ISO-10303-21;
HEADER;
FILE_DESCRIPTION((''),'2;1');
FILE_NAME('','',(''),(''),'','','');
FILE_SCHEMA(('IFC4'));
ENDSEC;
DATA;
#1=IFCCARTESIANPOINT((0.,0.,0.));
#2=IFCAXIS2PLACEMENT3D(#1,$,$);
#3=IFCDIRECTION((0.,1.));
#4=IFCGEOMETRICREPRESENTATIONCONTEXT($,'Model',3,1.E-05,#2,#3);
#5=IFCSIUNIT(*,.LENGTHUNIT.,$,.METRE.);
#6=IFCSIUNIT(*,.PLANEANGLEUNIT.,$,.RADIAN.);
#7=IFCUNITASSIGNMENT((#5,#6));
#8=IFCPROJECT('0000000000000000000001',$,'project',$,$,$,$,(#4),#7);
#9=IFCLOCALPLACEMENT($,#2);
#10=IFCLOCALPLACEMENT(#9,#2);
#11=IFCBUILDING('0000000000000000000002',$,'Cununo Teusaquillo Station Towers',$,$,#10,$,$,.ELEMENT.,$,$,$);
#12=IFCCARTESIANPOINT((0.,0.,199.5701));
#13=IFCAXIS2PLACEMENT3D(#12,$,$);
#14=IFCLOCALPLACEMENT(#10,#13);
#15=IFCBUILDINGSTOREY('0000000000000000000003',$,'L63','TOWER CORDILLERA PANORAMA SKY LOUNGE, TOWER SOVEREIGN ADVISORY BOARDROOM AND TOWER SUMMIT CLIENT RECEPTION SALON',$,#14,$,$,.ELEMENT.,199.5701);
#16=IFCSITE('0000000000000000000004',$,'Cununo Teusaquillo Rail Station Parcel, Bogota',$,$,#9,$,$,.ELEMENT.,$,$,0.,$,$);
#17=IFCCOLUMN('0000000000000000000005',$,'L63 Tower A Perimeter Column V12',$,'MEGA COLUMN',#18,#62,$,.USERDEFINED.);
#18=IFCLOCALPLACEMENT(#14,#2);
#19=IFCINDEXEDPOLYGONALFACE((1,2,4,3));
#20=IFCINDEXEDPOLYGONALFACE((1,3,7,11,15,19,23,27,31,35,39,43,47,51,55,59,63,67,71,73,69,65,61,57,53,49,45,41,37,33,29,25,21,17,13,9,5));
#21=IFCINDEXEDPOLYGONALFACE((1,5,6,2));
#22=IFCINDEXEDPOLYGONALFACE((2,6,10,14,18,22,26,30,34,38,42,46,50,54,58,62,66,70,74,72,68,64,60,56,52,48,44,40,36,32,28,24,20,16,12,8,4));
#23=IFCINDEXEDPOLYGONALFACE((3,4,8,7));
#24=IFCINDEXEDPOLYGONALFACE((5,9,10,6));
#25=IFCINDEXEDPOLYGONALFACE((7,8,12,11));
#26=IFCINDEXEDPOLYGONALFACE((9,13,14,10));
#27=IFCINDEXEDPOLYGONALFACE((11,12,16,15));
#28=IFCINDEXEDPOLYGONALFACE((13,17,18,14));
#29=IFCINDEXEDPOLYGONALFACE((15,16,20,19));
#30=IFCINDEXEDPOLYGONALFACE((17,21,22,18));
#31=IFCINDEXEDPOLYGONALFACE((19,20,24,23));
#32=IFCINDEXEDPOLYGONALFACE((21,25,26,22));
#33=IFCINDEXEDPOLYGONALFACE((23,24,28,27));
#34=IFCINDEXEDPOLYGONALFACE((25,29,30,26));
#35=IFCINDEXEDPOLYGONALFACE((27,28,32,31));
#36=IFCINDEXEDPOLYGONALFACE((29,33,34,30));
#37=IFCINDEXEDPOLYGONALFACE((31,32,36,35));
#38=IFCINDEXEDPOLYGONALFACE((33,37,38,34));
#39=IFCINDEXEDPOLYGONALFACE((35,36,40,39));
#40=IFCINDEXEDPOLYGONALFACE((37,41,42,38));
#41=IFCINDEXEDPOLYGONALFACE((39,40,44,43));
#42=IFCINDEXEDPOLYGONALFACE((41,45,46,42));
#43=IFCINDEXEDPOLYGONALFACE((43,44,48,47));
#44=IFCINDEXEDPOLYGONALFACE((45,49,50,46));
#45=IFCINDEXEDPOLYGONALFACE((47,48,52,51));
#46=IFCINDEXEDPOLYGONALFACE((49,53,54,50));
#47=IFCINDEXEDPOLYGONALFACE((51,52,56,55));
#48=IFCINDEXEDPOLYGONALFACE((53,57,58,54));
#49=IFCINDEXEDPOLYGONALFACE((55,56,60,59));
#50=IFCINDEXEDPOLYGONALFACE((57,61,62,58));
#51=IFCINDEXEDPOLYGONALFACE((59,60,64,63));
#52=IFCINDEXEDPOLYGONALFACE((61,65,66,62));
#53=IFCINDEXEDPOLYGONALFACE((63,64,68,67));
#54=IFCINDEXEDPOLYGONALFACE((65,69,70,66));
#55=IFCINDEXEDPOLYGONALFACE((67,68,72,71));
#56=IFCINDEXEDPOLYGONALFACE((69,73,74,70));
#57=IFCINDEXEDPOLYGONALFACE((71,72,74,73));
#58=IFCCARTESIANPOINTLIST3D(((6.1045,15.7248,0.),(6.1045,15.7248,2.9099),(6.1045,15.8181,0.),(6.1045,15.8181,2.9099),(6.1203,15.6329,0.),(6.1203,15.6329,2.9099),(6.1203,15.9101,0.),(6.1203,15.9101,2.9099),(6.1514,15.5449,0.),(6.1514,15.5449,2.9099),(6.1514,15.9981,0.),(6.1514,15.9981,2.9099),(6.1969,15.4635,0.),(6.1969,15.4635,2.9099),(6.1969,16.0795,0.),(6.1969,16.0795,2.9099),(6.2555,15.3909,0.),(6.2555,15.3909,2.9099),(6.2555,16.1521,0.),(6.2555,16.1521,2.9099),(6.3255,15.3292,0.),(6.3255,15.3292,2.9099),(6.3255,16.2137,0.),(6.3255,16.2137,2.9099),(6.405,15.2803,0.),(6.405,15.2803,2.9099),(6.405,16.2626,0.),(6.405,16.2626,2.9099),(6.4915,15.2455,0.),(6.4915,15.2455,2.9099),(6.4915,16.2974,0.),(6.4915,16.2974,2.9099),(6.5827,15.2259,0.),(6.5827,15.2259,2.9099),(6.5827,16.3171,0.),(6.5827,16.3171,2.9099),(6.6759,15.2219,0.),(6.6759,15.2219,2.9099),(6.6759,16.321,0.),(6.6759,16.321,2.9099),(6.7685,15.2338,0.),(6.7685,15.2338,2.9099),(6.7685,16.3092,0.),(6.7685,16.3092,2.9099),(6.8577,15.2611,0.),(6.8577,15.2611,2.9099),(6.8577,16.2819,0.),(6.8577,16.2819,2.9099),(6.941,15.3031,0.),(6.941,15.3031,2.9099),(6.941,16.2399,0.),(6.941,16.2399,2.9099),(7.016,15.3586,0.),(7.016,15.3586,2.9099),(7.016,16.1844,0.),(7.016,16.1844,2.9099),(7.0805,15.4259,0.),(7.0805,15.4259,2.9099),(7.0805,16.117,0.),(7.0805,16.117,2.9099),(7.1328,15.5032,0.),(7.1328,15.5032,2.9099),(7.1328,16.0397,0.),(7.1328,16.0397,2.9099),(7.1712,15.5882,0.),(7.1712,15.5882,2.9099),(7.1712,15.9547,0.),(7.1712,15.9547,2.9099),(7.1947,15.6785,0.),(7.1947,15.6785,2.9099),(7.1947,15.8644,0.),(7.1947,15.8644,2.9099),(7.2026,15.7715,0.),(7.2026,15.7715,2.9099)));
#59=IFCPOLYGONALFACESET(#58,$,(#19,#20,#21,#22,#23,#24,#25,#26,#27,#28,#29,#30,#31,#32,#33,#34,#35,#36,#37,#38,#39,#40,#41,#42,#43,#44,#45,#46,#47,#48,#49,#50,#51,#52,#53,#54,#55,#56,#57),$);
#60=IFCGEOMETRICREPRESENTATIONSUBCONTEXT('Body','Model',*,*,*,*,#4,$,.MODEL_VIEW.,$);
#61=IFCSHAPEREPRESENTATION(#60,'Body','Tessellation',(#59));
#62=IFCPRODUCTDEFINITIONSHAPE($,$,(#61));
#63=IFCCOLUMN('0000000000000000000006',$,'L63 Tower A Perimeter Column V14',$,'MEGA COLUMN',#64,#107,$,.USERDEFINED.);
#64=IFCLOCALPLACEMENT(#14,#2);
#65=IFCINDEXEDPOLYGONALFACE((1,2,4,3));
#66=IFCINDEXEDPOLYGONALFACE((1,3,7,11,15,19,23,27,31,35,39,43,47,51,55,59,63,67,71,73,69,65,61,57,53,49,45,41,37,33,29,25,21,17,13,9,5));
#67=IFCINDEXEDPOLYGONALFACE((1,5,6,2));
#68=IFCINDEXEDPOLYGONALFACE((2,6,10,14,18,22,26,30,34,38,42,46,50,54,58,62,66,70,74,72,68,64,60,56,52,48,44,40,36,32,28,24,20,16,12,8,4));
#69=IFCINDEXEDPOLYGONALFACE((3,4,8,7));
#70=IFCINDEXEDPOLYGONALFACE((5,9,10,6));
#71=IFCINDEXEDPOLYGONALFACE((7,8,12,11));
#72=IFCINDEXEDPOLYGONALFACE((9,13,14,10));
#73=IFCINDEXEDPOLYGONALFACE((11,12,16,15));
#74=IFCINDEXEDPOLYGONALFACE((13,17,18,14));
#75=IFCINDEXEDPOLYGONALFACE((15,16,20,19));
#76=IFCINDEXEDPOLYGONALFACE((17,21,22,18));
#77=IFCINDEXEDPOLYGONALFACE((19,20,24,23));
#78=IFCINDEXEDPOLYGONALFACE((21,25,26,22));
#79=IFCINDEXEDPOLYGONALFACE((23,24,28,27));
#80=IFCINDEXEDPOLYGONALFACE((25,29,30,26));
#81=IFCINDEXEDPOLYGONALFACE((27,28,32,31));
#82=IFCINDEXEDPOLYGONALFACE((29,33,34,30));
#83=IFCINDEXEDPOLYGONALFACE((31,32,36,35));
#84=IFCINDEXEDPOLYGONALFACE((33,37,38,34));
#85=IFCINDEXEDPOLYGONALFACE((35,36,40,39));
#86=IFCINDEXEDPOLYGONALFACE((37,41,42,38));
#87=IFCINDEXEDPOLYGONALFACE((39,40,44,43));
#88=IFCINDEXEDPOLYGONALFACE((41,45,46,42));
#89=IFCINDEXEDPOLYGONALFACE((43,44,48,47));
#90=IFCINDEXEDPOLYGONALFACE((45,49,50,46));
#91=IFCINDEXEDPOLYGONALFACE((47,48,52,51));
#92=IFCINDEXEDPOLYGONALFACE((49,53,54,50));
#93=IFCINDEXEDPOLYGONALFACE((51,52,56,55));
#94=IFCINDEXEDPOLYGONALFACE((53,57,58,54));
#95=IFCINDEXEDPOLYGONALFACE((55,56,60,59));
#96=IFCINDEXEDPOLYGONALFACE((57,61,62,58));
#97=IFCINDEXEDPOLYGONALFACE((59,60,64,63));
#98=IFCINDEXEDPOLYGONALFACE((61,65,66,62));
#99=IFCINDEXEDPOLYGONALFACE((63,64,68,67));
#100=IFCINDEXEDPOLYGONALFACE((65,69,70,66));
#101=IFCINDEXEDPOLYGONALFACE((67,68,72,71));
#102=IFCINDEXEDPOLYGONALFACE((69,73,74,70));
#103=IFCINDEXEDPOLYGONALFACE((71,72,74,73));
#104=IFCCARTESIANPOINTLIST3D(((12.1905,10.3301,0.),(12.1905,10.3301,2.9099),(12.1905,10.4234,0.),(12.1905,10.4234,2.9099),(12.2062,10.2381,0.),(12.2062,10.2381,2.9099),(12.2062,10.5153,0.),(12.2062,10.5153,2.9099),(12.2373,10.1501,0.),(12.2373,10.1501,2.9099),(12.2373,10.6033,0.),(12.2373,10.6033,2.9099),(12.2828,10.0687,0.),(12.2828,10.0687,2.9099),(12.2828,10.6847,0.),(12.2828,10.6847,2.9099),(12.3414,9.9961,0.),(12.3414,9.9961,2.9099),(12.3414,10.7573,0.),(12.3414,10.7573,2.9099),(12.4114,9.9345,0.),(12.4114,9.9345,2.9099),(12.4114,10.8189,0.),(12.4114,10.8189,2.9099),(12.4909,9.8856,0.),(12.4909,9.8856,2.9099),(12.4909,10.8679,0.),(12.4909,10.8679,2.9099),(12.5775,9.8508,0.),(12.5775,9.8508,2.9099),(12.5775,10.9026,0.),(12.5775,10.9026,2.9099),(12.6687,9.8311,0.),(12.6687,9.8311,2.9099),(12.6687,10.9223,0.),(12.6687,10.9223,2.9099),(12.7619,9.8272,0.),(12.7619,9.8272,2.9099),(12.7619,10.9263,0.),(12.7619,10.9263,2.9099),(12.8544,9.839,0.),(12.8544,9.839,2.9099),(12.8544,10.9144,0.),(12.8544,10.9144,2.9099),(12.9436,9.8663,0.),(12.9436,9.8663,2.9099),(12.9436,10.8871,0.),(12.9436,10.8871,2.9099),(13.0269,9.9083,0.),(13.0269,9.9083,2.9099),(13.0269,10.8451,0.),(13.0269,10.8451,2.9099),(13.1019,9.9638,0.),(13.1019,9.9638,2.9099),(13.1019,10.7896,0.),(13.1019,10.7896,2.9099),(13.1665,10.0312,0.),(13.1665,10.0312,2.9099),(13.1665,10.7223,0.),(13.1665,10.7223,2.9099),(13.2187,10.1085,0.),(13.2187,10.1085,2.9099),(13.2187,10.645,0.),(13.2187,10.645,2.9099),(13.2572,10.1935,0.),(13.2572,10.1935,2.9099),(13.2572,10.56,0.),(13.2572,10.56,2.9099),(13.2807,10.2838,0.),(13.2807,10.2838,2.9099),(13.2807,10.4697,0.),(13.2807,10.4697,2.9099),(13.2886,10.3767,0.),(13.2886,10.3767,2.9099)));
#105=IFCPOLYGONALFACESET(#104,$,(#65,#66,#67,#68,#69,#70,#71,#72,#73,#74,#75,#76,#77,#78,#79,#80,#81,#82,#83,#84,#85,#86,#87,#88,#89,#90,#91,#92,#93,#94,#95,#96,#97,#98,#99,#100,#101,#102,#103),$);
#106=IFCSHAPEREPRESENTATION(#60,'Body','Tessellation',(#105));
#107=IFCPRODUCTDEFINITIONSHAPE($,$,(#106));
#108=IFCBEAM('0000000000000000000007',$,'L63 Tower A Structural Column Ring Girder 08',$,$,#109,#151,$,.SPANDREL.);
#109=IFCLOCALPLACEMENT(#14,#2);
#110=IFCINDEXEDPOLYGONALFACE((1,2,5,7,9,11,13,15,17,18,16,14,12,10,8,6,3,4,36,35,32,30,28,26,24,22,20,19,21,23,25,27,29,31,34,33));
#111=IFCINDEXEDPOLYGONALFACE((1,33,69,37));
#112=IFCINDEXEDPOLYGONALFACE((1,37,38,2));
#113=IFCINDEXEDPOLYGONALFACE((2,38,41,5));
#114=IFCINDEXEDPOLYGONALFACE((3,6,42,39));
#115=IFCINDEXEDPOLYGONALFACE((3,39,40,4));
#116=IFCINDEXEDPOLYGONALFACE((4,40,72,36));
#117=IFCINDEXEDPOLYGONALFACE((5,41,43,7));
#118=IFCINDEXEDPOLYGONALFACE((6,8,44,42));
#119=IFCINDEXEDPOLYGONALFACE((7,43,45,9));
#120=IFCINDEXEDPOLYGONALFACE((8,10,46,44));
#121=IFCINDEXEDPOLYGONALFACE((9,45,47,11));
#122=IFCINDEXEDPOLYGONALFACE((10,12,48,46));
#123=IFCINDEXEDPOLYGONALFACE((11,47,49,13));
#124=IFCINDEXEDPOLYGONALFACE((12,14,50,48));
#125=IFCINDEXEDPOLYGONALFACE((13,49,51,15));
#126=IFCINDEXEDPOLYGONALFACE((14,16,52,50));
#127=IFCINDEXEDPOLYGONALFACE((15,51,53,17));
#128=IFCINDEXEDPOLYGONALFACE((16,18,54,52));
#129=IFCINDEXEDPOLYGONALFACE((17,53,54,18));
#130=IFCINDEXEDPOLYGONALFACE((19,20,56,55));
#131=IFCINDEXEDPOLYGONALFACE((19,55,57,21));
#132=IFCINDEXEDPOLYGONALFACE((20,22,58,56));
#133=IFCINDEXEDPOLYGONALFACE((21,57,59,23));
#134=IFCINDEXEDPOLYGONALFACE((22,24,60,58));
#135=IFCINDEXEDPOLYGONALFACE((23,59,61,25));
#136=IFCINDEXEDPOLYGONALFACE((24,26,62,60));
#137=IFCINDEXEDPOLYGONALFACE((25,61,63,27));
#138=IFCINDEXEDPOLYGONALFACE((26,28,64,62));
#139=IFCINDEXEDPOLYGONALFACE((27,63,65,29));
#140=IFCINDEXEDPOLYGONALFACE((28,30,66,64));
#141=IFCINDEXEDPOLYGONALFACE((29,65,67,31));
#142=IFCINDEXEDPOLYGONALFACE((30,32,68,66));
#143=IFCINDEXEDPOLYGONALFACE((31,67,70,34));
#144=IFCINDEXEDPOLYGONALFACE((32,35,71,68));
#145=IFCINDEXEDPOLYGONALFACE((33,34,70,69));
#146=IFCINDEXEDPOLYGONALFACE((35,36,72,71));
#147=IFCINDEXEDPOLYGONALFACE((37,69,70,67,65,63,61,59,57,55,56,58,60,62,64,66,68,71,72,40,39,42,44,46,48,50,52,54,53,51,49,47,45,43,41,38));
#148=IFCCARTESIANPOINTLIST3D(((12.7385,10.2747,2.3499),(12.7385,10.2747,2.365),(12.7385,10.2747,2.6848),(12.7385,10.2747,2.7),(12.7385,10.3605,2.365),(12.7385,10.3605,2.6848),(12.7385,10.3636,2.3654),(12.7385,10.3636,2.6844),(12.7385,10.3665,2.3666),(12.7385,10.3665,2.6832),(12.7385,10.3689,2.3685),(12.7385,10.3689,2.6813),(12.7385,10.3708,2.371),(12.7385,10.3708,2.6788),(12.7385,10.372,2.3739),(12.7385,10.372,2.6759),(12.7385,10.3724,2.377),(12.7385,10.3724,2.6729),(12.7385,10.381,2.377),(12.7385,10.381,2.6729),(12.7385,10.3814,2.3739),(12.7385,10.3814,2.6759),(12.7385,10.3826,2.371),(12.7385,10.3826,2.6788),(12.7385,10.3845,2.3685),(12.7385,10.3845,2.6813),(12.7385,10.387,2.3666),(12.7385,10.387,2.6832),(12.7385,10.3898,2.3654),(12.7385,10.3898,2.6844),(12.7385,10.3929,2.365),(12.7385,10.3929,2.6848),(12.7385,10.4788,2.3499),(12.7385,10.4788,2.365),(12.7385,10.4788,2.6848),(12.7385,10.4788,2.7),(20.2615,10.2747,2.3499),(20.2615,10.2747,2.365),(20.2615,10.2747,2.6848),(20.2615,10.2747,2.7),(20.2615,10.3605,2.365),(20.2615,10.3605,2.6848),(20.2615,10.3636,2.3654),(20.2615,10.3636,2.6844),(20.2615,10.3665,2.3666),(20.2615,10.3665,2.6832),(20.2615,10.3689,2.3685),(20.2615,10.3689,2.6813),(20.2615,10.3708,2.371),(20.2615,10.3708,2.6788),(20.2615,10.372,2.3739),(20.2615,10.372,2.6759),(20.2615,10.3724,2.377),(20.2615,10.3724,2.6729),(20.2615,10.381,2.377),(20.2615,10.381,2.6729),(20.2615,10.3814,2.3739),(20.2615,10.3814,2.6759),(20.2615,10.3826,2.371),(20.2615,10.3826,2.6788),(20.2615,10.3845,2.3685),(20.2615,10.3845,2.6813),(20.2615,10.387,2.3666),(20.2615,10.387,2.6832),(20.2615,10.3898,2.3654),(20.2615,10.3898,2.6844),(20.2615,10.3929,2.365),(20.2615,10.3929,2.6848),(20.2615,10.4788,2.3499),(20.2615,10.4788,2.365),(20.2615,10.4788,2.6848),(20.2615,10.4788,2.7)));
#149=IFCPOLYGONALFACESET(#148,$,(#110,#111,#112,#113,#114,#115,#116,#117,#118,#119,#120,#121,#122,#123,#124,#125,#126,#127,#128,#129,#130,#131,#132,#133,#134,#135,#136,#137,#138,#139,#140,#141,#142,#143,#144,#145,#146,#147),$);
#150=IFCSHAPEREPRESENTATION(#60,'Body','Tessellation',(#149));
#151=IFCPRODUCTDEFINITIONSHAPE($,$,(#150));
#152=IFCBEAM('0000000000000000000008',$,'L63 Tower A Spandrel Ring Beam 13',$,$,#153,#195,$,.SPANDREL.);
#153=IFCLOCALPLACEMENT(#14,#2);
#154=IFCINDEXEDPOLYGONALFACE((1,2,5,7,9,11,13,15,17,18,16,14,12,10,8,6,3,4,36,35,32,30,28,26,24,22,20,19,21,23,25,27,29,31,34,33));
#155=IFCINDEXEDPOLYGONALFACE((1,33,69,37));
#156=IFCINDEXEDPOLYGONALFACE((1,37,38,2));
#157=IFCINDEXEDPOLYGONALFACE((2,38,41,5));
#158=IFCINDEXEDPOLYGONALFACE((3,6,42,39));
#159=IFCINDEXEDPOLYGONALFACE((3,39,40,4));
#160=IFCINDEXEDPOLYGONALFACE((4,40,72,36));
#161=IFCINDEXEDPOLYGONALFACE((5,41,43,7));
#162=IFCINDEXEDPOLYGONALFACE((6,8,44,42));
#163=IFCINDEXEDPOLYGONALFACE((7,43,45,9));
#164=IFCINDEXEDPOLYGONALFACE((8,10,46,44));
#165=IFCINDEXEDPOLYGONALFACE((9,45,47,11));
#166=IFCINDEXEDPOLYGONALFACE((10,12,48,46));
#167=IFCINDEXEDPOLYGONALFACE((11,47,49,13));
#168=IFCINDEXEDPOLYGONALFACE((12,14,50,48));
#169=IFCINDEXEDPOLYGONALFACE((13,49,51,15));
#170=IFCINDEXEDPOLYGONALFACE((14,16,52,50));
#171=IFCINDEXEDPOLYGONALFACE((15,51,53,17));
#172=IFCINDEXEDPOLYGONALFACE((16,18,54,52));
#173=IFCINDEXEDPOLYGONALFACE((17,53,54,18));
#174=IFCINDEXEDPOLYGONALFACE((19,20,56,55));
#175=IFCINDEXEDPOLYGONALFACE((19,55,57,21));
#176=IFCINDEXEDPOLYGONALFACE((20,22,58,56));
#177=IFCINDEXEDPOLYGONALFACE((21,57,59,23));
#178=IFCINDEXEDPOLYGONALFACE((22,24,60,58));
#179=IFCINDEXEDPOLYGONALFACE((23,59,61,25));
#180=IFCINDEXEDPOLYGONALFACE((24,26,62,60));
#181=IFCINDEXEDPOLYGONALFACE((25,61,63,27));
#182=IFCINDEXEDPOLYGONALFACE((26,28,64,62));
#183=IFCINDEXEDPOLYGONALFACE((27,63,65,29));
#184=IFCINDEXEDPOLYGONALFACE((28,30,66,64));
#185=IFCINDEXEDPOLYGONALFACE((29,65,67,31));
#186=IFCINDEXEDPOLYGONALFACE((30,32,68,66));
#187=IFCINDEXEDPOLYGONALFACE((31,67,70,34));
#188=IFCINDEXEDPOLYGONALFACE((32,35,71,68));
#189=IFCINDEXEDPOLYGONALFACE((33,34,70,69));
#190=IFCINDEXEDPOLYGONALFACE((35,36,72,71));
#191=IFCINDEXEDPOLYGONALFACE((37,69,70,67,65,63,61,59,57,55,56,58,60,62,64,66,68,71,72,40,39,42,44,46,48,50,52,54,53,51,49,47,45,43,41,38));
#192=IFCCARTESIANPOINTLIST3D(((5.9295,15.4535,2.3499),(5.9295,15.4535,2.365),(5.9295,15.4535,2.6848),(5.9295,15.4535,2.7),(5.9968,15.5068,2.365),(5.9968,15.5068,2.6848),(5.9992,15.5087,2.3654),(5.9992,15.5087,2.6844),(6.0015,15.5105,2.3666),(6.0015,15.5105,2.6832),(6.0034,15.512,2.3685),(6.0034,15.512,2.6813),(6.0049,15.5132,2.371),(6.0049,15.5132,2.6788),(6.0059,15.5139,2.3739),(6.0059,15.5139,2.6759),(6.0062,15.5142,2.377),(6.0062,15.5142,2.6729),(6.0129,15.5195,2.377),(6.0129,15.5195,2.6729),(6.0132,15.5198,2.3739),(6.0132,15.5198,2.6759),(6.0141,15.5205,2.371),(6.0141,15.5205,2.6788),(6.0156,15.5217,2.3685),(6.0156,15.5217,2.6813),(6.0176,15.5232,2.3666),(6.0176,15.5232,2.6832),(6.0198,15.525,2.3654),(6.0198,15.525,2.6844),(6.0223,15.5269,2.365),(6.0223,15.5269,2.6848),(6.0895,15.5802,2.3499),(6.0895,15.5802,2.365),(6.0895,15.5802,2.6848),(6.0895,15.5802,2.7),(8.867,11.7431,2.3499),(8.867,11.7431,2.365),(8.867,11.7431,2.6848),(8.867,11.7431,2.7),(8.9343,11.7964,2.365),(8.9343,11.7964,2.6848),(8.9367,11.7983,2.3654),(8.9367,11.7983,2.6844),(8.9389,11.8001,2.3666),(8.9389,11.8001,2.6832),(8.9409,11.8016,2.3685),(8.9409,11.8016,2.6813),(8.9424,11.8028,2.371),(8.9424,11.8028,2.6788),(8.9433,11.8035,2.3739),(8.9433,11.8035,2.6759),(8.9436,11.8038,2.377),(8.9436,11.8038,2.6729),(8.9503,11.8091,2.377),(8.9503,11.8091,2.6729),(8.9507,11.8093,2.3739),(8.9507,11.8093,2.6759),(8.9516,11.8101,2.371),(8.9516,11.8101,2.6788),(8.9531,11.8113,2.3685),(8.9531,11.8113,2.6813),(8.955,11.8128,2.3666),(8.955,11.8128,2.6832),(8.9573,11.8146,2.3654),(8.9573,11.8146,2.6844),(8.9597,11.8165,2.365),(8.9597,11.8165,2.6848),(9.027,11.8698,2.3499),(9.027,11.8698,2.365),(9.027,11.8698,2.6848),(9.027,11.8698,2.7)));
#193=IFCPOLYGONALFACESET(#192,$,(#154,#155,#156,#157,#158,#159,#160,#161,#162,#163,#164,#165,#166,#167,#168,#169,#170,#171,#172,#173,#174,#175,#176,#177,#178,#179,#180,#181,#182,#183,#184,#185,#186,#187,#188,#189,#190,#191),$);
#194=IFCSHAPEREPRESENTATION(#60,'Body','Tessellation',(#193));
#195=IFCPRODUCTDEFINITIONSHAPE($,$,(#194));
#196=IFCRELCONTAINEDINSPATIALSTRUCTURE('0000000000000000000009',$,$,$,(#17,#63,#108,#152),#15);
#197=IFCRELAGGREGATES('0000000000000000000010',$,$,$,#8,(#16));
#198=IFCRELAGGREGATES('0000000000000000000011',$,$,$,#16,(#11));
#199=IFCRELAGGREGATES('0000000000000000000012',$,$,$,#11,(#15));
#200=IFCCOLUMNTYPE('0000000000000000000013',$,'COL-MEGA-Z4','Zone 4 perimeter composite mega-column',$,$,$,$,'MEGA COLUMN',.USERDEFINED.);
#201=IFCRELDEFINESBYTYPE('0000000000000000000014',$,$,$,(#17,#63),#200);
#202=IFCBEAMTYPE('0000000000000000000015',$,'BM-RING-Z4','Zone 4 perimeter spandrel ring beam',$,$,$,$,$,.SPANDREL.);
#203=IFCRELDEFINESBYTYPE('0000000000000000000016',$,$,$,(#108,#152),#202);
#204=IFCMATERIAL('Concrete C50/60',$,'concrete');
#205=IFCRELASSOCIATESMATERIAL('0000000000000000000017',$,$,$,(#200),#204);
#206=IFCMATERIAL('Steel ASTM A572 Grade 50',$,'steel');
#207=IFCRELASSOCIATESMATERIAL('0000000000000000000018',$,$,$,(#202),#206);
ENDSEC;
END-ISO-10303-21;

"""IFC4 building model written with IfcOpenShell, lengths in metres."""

from ifc_helpers import new_model, si_unit, direction, frame, origin, origin_2d, place, context, subcontext, project, spatial, circle, i_section, extrude, material, material_profile, profile_set, type_object, element, save


model = new_model("IFC4")

# Units and contexts
model_context = context("Model", 3, precision=1e-05, world=origin(), true_north=direction((0.0, 1.0)))
body_context = subcontext(model_context, "Body", "Model", "MODEL_VIEW")
ifc_project = project(units=[si_unit("LENGTHUNIT", "METRE"), si_unit("PLANEANGLEUNIT", "RADIAN")], contexts=[model_context])

# Site, building, storey
site_placement = place(None, origin())
site = spatial("IfcSite", under=ifc_project, at=site_placement, Name="Cununo Teusaquillo Rail Station Parcel, Bogota", CompositionType="ELEMENT", RefElevation=0.0)
building_placement = place(site_placement, origin())
building = spatial("IfcBuilding", under=site, at=building_placement, Name="Cununo Teusaquillo Station Towers", CompositionType="ELEMENT")
storey_placement = place(building_placement, frame((0.0, 0.0, 199.5701)))
storey = spatial("IfcBuildingStorey", under=building, at=storey_placement, Name="L63", Description="TOWER CORDILLERA PANORAMA SKY LOUNGE, TOWER SOVEREIGN ADVISORY BOARDROOM AND TOWER SUMMIT CLIENT RECEPTION SALON", CompositionType="ELEMENT", Elevation=199.5701)

# Columns
ifc_material_1 = material(Name="Concrete C50/60", Category="concrete")
ifc_material_profile_1 = material_profile(ifc_material_1, circle(Radius=0.55, at=origin_2d()), Name="RC-CIRC-1100")
ifc_profile_set_1 = profile_set([ifc_material_profile_1], Name="Concrete C50/60")
column_type = type_object("IfcColumnType", Name="COL-MEGA-Z4", Description="Zone 4 perimeter composite mega-column", ElementType="MEGA COLUMN", PredefinedType="USERDEFINED", material=ifc_profile_set_1)
for number, where, z_axis, x_axis, name in (
    (1, (6.6526, 15.7715, 0.0), (0.0, 0.0, 1.0), (1.0, 0.0, 0.0), "L63 Tower A Perimeter Column V12"),
    (2, (12.7385, 10.3767, 0.0), (0.0, 0.0, 1.0), (1.0, 0.0, 0.0), "L63 Tower A Perimeter Column V14"),
):
    element("IfcColumn", number, at=place(storey_placement, frame(where, z_axis=z_axis, x_axis=x_axis)), inside=storey, type_object=column_type, Name=name, ObjectType="MEGA COLUMN", PredefinedType="USERDEFINED", context=body_context, shape_type="SweptSolid", body=[
        extrude(circle(Radius=0.55, at=origin_2d()), origin(), (0.0, 0.0, 1.0), 2.9099),
    ])

# Beams
ifc_material_2 = material(Name="Steel ASTM A572 Grade 50", Category="steel")
ifc_material_profile_2 = material_profile(ifc_material_2, i_section(OverallWidth=0.2041, OverallDepth=0.3501, WebThickness=0.0085, FlangeThickness=0.0151, FilletRadius=0.012, at=origin_2d()), Name="W14X48")
ifc_profile_set_2 = profile_set([ifc_material_profile_2], Name="Steel ASTM A572 Grade 50")
beam_type = type_object("IfcBeamType", Name="BM-RING-Z4", Description="Zone 4 perimeter spandrel ring beam", PredefinedType="SPANDREL", material=ifc_profile_set_2)
beam_1_placement = place(storey_placement, frame((12.7385, 10.3767, 2.5249), z_axis=(1.0, 0.0, 0.0), x_axis=(0.0, 1.0, 0.0)))
element("IfcBeam", 3, at=beam_1_placement, inside=storey, type_object=beam_type, Name="L63 Tower A Structural Column Ring Girder 08", PredefinedType="SPANDREL", context=body_context, shape_type="SweptSolid", body=[
    extrude(i_section(OverallWidth=0.2041, OverallDepth=0.3501, WebThickness=0.0085, FlangeThickness=0.0151, FilletRadius=0.012, at=origin_2d()), origin(), (0.0, 0.0, 1.0), 7.5229),
])
beam_2_placement = place(storey_placement, frame((6.0095, 15.5168, 2.5249), z_axis=(0.620711, -0.78404, 0.0), x_axis=(0.78404, 0.620711, 0.0)))
element("IfcBeam", 4, at=beam_2_placement, inside=storey, type_object=beam_type, Name="L63 Tower A Spandrel Ring Beam 13", PredefinedType="SPANDREL", context=body_context, shape_type="SweptSolid", body=[
    extrude(i_section(OverallWidth=0.2041, OverallDepth=0.3501, WebThickness=0.0085, FlangeThickness=0.0151, FilletRadius=0.012, at=origin_2d()), origin(), (0.0, 0.0, 1.0), 4.7324),
])

save(model, "model.ifc")
